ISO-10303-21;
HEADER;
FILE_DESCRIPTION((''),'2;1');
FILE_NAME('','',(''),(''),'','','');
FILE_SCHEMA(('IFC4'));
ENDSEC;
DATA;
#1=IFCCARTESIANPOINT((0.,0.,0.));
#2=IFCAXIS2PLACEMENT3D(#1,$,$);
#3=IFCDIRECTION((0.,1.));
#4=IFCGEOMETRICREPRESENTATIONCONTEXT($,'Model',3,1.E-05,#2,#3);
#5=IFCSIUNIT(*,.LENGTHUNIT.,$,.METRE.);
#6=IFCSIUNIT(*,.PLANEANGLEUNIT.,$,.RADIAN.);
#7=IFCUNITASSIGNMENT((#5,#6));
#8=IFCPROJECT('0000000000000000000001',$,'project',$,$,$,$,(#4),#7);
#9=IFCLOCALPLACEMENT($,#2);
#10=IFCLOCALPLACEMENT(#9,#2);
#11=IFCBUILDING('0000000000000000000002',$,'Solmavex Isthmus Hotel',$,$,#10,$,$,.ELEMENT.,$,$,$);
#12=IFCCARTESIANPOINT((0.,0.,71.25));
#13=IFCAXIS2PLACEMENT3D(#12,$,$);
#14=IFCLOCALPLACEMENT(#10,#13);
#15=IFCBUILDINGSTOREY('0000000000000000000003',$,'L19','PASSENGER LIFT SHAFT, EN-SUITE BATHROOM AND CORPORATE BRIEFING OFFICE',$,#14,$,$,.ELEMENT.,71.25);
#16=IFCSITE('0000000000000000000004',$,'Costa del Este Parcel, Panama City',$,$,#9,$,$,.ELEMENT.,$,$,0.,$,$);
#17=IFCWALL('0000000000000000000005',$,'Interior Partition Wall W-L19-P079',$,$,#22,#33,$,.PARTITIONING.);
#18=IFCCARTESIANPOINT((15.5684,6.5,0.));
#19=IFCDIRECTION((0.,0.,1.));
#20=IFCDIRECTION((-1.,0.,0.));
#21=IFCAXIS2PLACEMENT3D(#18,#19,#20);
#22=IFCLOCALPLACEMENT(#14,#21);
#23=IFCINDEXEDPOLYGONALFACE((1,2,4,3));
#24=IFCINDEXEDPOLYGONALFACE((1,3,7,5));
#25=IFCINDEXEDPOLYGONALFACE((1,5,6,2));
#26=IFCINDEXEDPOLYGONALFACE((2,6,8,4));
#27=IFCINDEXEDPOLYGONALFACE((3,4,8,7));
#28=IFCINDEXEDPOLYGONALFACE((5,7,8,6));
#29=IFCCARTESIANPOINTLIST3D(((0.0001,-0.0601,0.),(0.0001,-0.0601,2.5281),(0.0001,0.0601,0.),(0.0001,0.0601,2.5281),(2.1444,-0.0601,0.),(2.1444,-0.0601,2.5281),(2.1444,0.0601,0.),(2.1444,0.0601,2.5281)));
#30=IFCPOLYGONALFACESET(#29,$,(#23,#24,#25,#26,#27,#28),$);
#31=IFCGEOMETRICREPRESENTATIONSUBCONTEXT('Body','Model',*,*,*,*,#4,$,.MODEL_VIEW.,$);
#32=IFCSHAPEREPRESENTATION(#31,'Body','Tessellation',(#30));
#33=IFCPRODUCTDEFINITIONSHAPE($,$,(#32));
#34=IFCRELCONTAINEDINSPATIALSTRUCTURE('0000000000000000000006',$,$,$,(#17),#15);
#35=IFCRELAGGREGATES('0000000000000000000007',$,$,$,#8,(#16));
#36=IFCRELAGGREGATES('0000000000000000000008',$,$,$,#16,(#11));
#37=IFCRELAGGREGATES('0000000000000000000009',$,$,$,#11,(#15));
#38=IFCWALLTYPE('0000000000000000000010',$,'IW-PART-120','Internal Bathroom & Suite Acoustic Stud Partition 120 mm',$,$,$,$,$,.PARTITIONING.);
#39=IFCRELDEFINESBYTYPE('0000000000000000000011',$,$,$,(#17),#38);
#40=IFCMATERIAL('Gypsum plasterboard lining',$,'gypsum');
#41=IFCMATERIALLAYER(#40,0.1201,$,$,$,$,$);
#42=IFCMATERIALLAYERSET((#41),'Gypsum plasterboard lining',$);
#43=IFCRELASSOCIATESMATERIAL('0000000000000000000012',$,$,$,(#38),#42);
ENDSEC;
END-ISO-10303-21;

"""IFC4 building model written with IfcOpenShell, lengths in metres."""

from ifc_helpers import new_model, si_unit, direction, frame, frame_2d, origin, place, context, subcontext, project, spatial, rectangle, extrude, material, layer, layer_set, type_object, element, save


model = new_model("IFC4")

# Units and contexts
model_context = context("Model", 3, precision=1e-05, world=origin(), true_north=direction((0.0, 1.0)))
body_context = subcontext(model_context, "Body", "Model", "MODEL_VIEW")
ifc_project = project(units=[si_unit("LENGTHUNIT", "METRE"), si_unit("PLANEANGLEUNIT", "RADIAN")], contexts=[model_context])

# Site, building, storey
site_placement = place(None, origin())
site = spatial("IfcSite", under=ifc_project, at=site_placement, Name="Costa del Este Parcel, Panama City", CompositionType="ELEMENT", RefElevation=0.0)
building_placement = place(site_placement, origin())
building = spatial("IfcBuilding", under=site, at=building_placement, Name="Solmavex Isthmus Hotel", CompositionType="ELEMENT")
storey_placement = place(building_placement, frame((0.0, 0.0, 71.25)))
storey = spatial("IfcBuildingStorey", under=building, at=storey_placement, Name="L19", Description="PASSENGER LIFT SHAFT, EN-SUITE BATHROOM AND CORPORATE BRIEFING OFFICE", CompositionType="ELEMENT", Elevation=71.25)

# Shared definitions
ifc_material_1 = material(Name="Gypsum plasterboard lining", Category="gypsum")

# Shared definitions
ifc_layer_1 = layer(ifc_material_1, 0.1201)
ifc_layer_set_1 = layer_set([ifc_layer_1], Name="Gypsum plasterboard lining")
wall_type_1 = type_object("IfcWallType", Name="IW-PART-120", Description="Internal Bathroom & Suite Acoustic Stud Partition 120 mm", PredefinedType="PARTITIONING", material=ifc_layer_set_1)

# Wall
wall_1_placement = place(storey_placement, frame((15.5684, 6.5, 0.0), z_axis=(0.0, 0.0, 1.0), x_axis=(-1.0, 0.0, 0.0)))
element("IfcWall", 1, at=wall_1_placement, inside=storey, type_object=wall_type_1, Name="Interior Partition Wall W-L19-P079", PredefinedType="PARTITIONING", context=body_context, shape_type="SweptSolid", body=[
    extrude(rectangle(XDim=2.1443, YDim=0.1201, at=frame_2d((1.0723, 0.0))), origin(), (0.0, 0.0, 1.0), 2.5281),
])

save(model, "model.ifc")
